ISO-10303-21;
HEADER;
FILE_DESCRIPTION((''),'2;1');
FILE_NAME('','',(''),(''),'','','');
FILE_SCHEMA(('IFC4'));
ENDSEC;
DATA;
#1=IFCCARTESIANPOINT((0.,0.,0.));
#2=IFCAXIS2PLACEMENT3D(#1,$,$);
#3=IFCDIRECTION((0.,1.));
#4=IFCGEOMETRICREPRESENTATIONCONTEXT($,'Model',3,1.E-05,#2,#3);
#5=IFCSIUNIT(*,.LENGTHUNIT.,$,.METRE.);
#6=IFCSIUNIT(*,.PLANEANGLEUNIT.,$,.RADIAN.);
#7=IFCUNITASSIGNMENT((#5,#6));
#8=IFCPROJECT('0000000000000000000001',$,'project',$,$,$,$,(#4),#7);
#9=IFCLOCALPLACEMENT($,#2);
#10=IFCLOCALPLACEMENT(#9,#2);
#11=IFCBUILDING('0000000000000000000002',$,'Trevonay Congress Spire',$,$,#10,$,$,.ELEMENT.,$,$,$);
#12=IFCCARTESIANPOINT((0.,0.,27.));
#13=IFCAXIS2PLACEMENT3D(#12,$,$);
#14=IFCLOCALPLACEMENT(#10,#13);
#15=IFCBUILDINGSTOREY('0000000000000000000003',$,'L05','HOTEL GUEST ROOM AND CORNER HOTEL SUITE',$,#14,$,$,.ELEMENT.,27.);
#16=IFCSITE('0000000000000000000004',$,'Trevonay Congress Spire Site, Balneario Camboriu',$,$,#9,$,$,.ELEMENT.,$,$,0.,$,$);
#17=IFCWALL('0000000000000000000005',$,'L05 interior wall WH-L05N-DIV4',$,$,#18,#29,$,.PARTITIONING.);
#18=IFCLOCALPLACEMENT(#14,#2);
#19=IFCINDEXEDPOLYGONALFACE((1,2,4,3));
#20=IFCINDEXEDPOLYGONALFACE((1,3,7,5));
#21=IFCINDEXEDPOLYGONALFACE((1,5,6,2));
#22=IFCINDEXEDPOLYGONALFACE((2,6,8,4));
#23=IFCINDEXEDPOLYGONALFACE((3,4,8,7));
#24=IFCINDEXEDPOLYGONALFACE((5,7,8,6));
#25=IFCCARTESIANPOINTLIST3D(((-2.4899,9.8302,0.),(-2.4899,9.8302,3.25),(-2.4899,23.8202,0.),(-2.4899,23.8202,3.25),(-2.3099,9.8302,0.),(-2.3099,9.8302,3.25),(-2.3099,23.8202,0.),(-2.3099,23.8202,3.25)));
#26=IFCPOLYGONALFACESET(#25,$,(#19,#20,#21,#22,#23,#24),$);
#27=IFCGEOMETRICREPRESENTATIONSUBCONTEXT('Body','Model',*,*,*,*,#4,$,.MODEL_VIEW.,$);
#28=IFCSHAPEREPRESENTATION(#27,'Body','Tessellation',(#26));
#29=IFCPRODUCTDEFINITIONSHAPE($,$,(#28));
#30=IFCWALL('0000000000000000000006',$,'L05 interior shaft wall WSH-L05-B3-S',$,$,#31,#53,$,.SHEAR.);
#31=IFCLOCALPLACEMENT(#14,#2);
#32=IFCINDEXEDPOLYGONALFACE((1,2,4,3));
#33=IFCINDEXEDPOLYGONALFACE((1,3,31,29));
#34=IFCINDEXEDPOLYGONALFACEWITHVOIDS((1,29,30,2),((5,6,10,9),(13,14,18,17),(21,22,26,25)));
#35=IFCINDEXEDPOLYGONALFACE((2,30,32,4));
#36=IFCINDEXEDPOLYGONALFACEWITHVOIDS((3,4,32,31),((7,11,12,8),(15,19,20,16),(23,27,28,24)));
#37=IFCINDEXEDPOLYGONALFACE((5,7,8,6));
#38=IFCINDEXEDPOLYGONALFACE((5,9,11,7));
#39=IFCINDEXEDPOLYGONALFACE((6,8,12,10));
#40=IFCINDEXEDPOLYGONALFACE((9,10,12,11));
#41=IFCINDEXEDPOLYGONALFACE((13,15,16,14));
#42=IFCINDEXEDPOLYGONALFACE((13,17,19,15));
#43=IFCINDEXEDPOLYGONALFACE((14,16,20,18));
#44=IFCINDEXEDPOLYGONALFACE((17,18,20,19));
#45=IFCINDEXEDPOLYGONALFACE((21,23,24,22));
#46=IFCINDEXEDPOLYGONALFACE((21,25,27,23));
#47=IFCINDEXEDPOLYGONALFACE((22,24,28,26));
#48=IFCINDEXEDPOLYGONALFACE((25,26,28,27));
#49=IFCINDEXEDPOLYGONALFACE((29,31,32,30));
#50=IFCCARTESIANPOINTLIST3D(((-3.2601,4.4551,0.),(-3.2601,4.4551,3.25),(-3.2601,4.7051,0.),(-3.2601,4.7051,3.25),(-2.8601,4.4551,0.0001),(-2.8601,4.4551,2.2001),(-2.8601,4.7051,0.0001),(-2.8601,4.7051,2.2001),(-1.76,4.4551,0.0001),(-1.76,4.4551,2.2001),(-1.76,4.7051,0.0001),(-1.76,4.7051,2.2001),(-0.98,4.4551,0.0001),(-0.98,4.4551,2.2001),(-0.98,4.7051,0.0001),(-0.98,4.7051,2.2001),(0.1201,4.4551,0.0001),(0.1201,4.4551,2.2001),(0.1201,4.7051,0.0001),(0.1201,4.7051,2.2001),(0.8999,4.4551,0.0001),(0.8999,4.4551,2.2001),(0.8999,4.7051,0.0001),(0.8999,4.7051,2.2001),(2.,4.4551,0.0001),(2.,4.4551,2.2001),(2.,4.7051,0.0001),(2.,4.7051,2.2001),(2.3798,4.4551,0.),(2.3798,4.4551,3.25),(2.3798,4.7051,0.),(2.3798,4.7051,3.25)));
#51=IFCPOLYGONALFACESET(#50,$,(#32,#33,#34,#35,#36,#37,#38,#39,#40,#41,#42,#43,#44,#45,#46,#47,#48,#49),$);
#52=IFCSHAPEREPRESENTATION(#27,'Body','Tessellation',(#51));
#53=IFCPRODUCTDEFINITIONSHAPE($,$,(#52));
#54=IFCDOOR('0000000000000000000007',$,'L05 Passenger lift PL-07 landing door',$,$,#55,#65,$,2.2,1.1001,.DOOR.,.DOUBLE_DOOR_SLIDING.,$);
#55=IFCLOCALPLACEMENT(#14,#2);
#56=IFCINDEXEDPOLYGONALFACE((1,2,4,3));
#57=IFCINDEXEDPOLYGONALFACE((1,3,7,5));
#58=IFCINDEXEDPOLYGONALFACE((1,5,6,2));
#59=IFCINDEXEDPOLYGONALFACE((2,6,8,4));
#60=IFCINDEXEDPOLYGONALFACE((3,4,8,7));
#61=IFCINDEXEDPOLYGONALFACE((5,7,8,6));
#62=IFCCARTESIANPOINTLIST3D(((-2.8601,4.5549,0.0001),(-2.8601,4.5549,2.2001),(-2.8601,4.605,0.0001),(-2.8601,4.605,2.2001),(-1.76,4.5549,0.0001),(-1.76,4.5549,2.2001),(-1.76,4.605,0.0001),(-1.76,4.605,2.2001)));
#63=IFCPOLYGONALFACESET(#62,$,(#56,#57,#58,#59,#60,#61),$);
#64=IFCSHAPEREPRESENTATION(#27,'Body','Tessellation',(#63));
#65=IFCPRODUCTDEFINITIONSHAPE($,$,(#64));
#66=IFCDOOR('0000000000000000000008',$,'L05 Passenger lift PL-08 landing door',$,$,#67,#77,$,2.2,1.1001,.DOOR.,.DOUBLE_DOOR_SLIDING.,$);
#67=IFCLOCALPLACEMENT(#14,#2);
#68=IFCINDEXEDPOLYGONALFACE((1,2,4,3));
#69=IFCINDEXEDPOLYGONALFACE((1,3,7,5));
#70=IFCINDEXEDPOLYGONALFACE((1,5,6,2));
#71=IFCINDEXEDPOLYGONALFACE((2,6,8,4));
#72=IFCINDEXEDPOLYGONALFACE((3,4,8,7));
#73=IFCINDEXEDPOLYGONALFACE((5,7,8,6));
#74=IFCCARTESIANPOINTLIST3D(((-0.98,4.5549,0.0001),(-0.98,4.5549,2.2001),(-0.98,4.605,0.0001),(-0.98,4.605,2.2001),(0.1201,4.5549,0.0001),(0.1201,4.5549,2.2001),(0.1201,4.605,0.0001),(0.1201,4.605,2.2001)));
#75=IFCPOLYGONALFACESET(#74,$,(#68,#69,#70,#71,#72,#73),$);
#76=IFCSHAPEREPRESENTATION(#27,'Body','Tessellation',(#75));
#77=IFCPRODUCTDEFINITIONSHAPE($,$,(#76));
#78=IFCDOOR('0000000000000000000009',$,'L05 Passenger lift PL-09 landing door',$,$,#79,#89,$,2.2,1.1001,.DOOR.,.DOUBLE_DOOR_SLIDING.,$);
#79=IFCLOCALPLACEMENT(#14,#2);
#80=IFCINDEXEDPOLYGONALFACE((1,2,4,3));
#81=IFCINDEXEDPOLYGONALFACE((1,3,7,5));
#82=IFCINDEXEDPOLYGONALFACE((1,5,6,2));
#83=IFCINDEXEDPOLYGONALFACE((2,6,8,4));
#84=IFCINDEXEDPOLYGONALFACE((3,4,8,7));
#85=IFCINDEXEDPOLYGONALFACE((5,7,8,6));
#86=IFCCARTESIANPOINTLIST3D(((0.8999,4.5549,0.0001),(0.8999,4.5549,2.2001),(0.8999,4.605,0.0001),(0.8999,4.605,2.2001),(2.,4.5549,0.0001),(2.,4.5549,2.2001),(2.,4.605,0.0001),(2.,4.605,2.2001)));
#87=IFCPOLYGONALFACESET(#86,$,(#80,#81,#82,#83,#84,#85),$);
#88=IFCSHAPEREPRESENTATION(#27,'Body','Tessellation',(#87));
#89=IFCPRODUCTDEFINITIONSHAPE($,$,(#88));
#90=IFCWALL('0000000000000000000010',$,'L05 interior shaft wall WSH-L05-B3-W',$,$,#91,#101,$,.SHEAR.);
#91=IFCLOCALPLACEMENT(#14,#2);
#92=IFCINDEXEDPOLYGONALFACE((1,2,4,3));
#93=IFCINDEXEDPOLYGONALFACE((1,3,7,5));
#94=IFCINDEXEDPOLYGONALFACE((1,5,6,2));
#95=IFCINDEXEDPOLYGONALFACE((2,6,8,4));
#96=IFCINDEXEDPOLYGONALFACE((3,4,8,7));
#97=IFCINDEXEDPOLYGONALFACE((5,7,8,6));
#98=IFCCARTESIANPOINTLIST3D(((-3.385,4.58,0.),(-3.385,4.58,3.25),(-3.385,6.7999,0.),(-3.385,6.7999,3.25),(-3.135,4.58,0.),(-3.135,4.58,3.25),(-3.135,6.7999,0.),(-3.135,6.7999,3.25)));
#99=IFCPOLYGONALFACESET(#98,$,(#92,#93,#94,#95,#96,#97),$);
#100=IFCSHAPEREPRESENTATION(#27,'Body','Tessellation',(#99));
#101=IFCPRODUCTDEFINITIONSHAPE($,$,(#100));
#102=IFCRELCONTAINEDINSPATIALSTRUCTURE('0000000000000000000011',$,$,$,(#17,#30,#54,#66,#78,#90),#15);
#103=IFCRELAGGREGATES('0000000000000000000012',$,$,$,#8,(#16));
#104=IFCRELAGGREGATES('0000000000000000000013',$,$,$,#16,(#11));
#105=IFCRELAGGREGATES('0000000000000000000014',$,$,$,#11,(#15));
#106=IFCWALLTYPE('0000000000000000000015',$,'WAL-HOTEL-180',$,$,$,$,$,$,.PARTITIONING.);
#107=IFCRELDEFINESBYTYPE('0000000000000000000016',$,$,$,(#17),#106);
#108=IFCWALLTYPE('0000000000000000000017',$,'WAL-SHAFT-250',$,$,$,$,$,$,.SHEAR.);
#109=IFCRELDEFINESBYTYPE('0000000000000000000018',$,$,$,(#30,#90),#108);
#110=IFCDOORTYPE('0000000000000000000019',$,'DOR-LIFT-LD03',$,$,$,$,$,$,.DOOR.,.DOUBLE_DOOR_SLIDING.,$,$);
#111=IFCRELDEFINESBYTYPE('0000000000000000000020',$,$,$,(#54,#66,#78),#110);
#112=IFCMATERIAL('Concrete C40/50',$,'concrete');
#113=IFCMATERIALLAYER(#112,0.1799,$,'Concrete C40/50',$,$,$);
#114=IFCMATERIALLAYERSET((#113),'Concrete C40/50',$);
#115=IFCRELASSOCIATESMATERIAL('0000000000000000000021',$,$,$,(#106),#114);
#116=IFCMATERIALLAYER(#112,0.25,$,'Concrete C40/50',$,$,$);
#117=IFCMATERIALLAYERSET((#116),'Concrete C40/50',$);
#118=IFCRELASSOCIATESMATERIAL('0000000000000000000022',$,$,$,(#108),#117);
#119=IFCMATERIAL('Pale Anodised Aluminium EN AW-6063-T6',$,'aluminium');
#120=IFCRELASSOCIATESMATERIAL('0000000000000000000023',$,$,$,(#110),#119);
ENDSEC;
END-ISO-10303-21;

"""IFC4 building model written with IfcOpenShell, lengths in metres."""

from ifc_helpers import new_model, si_unit, direction, frame, frame_2d, origin, place, context, subcontext, project, spatial, rectangle, extrude, material, layer, layer_set, type_object, element, fill, save


model = new_model("IFC4")

# Units and contexts
model_context = context("Model", 3, precision=1e-05, world=origin(), true_north=direction((0.0, 1.0)))
body_context = subcontext(model_context, "Body", "Model", "MODEL_VIEW")
ifc_project = project(units=[si_unit("LENGTHUNIT", "METRE"), si_unit("PLANEANGLEUNIT", "RADIAN")], contexts=[model_context])

# Site, building, storey
site_placement = place(None, origin())
site = spatial("IfcSite", under=ifc_project, at=site_placement, Name="Trevonay Congress Spire Site, Balneario Camboriu", CompositionType="ELEMENT", RefElevation=0.0)
building_placement = place(site_placement, origin())
building = spatial("IfcBuilding", under=site, at=building_placement, Name="Trevonay Congress Spire", CompositionType="ELEMENT")
storey_placement = place(building_placement, frame((0.0, 0.0, 27.0)))
storey = spatial("IfcBuildingStorey", under=building, at=storey_placement, Name="L05", Description="HOTEL GUEST ROOM AND CORNER HOTEL SUITE", CompositionType="ELEMENT", Elevation=27.0)

# Shared definitions
ifc_material_1 = material(Name="Concrete C40/50", Category="concrete")
ifc_material_2 = material(Name="Pale Anodised Aluminium EN AW-6063-T6", Category="aluminium")

# Wall
ifc_layer_1 = layer(ifc_material_1, 0.1799, Name="Concrete C40/50")
ifc_layer_set_1 = layer_set([ifc_layer_1], Name="Concrete C40/50")
wall_type_1 = type_object("IfcWallType", Name="WAL-HOTEL-180", PredefinedType="PARTITIONING", material=ifc_layer_set_1)
for number, where, z_axis, x_axis, name in (
    (1, (-2.3999, 9.8301, 0.0), (0.0, 0.0, 1.0), (0.0, 1.0, 0.0), "L05 interior wall WH-L05N-DIV4"),
):
    element("IfcWall", number, at=place(storey_placement, frame(where, z_axis=z_axis, x_axis=x_axis)), inside=storey, type_object=wall_type_1, Name=name, PredefinedType="PARTITIONING", context=body_context, shape_type="SweptSolid", body=[
        extrude(rectangle(XDim=13.99, YDim=0.1799, at=frame_2d((6.9951, 0.0))), origin(), (0.0, 0.0, 1.0), 3.25),
    ])

# Wall, openings, doors
ifc_layer_2 = layer(ifc_material_1, 0.25, Name="Concrete C40/50")
ifc_layer_set_2 = layer_set([ifc_layer_2], Name="Concrete C40/50")
wall_type_2 = type_object("IfcWallType", Name="WAL-SHAFT-250", PredefinedType="SHEAR", material=ifc_layer_set_2)
wall_1_placement = place(storey_placement, frame((-3.26, 4.5801, 0.0), z_axis=(0.0, 0.0, 1.0), x_axis=(1.0, 0.0, 0.0)))
wall_1 = element("IfcWall", 2, at=wall_1_placement, inside=storey, type_object=wall_type_2, Name="L05 interior shaft wall WSH-L05-B3-S", PredefinedType="SHEAR", context=body_context, shape_type="SweptSolid", body=[
    extrude(rectangle(XDim=5.6399, YDim=0.25, at=frame_2d((2.8198, 0.0))), origin(), (0.0, 0.0, 1.0), 3.25),
])
opening_1_placement = place(wall_1_placement, frame((0.3999, 0.0, 0.0)))
opening_1 = element("IfcOpeningElement", 3, at=opening_1_placement, cuts=wall_1, PredefinedType="OPENING", context=body_context, shape_type="SweptSolid", body=[
    extrude(rectangle(XDim=1.1001, YDim=2.2, at=frame_2d((0.55, 1.1001))), frame((0.0, 0.135, 0.0), z_axis=(0.0, -1.0, 0.0), x_axis=(1.0, 0.0, 0.0)), (0.0, 0.0, 1.0), 0.27),
])
opening_2_placement = place(wall_1_placement, frame((2.28, 0.0, 0.0)))
opening_2 = element("IfcOpeningElement", 4, at=opening_2_placement, cuts=wall_1, PredefinedType="OPENING", context=body_context, shape_type="SweptSolid", body=[
    extrude(rectangle(XDim=1.1001, YDim=2.2, at=frame_2d((0.55, 1.1001))), frame((0.0, 0.135, 0.0), z_axis=(0.0, -1.0, 0.0), x_axis=(1.0, 0.0, 0.0)), (0.0, 0.0, 1.0), 0.27),
])
opening_3_placement = place(wall_1_placement, frame((4.1599, 0.0, 0.0)))
opening_3 = element("IfcOpeningElement", 5, at=opening_3_placement, cuts=wall_1, PredefinedType="OPENING", context=body_context, shape_type="SweptSolid", body=[
    extrude(rectangle(XDim=1.1001, YDim=2.2, at=frame_2d((0.55, 1.1001))), frame((0.0, 0.135, 0.0), z_axis=(0.0, -1.0, 0.0), x_axis=(1.0, 0.0, 0.0)), (0.0, 0.0, 1.0), 0.27),
])
door_type_1 = type_object("IfcDoorType", Name="DOR-LIFT-LD03", OperationType="DOUBLE_DOOR_SLIDING", PredefinedType="DOOR", material=ifc_material_2)
door_1_placement = place(opening_1_placement, origin())
door_1 = element("IfcDoor", 6, at=door_1_placement, inside=storey, type_object=door_type_1, Name="L05 Passenger lift PL-07 landing door", OperationType="DOUBLE_DOOR_SLIDING", OverallHeight=2.2, OverallWidth=1.1001, PredefinedType="DOOR", context=body_context, shape_type="SweptSolid", body=[
    extrude(rectangle(XDim=1.1001, YDim=2.2, at=frame_2d((0.55, 1.1001))), frame((0.0, 0.0249, 0.0), z_axis=(0.0, -1.0, 0.0), x_axis=(1.0, 0.0, 0.0)), (0.0, 0.0, 1.0), 0.05),
])
fill(opening_1, door_1)
door_2_placement = place(opening_2_placement, origin())
door_2 = element("IfcDoor", 7, at=door_2_placement, inside=storey, type_object=door_type_1, Name="L05 Passenger lift PL-08 landing door", OperationType="DOUBLE_DOOR_SLIDING", OverallHeight=2.2, OverallWidth=1.1001, PredefinedType="DOOR", context=body_context, shape_type="SweptSolid", body=[
    extrude(rectangle(XDim=1.1001, YDim=2.2, at=frame_2d((0.55, 1.1001))), frame((0.0, 0.0249, 0.0), z_axis=(0.0, -1.0, 0.0), x_axis=(1.0, 0.0, 0.0)), (0.0, 0.0, 1.0), 0.05),
])
fill(opening_2, door_2)
door_3_placement = place(opening_3_placement, origin())
door_3 = element("IfcDoor", 8, at=door_3_placement, inside=storey, type_object=door_type_1, Name="L05 Passenger lift PL-09 landing door", OperationType="DOUBLE_DOOR_SLIDING", OverallHeight=2.2, OverallWidth=1.1001, PredefinedType="DOOR", context=body_context, shape_type="SweptSolid", body=[
    extrude(rectangle(XDim=1.1001, YDim=2.2, at=frame_2d((0.55, 1.1001))), frame((0.0, 0.0249, 0.0), z_axis=(0.0, -1.0, 0.0), x_axis=(1.0, 0.0, 0.0)), (0.0, 0.0, 1.0), 0.05),
])
fill(opening_3, door_3)

# Wall
wall_2_placement = place(storey_placement, frame((-3.26, 4.5801, 0.0), z_axis=(0.0, 0.0, 1.0), x_axis=(0.0, 1.0, 0.0)))
element("IfcWall", 9, at=wall_2_placement, inside=storey, type_object=wall_type_2, Name="L05 interior shaft wall WSH-L05-B3-W", PredefinedType="SHEAR", context=body_context, shape_type="SweptSolid", body=[
    extrude(rectangle(XDim=2.22, YDim=0.25, at=frame_2d((1.1099, 0.0))), origin(), (0.0, 0.0, 1.0), 3.25),
])

save(model, "model.ifc")
